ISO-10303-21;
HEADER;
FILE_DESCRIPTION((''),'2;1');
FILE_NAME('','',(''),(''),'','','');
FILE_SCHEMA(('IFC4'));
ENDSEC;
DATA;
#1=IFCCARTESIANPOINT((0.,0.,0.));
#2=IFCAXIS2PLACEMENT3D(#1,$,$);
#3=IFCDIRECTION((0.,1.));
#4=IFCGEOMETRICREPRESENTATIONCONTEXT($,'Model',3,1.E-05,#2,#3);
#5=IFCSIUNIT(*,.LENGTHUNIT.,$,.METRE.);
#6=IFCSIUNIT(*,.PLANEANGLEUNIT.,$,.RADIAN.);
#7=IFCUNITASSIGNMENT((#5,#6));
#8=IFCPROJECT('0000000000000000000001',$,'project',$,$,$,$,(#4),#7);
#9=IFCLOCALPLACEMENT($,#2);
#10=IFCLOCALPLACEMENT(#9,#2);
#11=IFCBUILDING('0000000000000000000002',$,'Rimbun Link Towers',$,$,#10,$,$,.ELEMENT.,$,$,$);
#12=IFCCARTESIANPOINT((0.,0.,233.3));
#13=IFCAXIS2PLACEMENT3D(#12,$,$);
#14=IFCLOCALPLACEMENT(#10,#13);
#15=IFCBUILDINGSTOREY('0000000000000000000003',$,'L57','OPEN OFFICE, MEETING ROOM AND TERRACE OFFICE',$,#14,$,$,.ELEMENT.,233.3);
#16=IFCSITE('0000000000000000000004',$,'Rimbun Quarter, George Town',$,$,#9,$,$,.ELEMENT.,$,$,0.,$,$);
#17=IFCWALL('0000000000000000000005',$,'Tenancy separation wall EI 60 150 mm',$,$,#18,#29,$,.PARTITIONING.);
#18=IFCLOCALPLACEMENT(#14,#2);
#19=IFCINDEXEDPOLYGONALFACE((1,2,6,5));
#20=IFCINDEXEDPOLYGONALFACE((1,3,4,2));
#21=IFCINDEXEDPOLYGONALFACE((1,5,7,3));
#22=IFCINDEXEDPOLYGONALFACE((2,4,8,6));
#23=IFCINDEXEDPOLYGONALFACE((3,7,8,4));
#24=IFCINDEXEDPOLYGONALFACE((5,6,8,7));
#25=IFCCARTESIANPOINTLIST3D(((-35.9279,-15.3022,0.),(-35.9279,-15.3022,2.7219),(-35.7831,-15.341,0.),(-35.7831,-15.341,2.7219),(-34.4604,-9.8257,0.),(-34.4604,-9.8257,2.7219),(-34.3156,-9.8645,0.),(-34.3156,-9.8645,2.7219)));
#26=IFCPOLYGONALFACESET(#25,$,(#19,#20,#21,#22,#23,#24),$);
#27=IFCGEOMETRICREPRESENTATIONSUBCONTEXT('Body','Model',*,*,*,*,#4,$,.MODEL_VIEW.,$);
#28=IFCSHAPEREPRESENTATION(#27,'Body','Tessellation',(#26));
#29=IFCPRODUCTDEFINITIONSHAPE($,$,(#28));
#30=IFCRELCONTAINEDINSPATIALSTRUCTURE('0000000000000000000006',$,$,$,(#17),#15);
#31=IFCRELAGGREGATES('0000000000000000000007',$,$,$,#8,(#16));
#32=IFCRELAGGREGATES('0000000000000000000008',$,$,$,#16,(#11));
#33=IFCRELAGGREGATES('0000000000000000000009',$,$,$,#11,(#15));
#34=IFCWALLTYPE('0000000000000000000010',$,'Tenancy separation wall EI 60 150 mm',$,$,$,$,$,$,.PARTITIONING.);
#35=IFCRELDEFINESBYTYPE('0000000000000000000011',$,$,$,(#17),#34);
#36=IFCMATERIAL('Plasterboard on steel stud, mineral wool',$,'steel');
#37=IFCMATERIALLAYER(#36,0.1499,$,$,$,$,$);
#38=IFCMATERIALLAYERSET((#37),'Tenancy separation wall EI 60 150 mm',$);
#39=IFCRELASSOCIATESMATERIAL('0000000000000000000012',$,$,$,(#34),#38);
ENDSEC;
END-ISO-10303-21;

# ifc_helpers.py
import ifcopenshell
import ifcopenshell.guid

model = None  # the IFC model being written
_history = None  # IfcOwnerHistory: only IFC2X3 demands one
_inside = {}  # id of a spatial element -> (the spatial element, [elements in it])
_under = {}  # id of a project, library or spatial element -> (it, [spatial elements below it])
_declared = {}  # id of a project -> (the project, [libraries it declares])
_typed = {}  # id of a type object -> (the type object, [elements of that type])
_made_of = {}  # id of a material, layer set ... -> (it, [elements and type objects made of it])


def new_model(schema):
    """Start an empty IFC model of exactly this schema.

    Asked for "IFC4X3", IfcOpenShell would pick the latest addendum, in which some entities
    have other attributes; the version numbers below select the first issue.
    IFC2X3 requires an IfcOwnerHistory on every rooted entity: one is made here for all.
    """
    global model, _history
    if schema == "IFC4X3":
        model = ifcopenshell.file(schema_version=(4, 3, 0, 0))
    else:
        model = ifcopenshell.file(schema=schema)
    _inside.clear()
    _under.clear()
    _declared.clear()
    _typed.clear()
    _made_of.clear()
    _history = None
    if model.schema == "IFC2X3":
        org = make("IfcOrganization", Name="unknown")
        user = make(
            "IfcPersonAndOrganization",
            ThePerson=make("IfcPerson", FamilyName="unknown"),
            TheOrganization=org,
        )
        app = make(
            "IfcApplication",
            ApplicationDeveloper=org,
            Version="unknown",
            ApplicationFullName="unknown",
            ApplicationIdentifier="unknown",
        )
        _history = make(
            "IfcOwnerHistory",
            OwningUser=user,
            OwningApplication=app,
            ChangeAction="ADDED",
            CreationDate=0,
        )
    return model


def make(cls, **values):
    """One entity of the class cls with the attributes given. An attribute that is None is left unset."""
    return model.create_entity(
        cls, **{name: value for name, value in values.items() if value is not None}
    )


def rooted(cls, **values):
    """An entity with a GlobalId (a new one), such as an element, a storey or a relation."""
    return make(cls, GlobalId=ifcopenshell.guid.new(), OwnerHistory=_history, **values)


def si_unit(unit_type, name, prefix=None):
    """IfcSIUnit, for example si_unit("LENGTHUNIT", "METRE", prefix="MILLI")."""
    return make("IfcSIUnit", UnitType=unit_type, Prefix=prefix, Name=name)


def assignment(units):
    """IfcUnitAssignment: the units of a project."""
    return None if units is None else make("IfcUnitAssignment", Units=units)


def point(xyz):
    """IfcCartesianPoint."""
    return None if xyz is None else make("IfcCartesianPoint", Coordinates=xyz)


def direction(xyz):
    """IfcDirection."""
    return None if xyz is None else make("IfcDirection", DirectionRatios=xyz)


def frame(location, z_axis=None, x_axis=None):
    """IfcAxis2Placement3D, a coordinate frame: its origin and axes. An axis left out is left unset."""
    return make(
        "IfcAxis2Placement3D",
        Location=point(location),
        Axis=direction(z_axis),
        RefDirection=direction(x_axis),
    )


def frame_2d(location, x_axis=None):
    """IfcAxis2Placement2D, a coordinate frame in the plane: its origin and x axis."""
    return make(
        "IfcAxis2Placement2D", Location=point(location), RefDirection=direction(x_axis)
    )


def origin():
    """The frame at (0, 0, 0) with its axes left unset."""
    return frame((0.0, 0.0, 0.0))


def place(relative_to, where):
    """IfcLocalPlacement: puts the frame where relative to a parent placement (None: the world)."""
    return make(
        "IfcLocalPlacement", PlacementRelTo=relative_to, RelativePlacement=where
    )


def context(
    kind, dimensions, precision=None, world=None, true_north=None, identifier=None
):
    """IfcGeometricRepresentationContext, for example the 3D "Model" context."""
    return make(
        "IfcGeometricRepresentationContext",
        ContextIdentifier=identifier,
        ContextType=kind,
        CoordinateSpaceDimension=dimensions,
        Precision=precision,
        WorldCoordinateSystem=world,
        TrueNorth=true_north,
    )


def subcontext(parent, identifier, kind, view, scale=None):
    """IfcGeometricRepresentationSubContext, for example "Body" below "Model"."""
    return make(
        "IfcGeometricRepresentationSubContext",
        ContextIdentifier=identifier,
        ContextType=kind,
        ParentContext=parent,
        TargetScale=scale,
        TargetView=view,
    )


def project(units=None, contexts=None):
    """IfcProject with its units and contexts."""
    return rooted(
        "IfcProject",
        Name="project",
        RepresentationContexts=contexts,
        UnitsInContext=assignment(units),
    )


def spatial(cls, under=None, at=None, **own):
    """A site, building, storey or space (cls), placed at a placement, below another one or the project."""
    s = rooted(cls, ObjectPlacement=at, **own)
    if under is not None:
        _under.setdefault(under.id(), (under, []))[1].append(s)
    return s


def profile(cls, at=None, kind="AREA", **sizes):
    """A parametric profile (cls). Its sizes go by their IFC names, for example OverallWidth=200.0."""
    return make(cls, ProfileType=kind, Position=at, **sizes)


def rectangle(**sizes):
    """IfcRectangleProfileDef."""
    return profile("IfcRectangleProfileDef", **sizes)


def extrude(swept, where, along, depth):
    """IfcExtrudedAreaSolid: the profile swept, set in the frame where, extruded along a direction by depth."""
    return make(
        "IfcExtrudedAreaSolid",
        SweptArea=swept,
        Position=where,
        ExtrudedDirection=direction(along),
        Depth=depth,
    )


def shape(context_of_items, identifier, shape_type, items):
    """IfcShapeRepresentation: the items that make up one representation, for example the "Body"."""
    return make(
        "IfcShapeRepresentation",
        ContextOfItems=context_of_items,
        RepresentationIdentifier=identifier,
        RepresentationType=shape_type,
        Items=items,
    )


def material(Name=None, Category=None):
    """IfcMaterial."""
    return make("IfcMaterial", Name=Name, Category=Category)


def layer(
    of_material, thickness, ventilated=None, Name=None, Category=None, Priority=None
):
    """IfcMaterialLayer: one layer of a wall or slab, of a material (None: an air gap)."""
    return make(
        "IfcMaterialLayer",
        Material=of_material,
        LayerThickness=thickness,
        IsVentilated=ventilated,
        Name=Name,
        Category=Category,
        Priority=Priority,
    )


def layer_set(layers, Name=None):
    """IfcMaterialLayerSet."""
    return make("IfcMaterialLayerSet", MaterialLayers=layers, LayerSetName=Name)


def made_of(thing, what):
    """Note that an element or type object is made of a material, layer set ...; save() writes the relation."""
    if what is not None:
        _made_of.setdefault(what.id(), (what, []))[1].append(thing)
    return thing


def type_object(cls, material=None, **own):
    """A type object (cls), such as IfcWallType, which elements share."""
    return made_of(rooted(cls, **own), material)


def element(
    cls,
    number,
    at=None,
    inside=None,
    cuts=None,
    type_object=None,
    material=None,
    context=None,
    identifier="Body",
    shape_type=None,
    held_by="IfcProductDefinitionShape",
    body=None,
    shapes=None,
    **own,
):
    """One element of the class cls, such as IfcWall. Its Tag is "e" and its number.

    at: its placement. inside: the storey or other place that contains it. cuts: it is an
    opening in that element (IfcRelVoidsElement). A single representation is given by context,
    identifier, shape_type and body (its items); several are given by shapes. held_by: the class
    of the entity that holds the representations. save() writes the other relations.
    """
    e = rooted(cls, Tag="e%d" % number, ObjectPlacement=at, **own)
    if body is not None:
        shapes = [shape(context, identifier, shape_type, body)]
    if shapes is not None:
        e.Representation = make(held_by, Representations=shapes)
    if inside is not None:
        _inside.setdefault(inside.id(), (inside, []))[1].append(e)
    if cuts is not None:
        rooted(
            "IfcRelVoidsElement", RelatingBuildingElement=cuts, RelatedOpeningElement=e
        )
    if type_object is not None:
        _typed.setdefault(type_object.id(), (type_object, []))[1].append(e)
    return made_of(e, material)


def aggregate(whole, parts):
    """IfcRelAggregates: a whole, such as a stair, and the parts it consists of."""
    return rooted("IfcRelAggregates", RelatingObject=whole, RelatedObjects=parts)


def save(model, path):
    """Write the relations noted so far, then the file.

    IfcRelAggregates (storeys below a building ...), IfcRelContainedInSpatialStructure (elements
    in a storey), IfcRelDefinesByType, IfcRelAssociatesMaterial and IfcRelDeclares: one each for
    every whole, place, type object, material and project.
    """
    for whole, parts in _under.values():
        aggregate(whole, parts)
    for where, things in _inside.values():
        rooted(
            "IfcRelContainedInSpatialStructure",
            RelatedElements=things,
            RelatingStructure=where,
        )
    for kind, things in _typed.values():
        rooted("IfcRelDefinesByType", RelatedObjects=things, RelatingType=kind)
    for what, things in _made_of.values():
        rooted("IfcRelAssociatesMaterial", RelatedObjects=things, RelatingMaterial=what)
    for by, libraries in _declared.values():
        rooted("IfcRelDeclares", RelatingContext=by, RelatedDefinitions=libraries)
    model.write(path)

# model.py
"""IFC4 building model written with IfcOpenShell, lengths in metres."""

from ifc_helpers import new_model, si_unit, direction, frame, frame_2d, origin, place, context, subcontext, project, spatial, rectangle, extrude, material, layer, layer_set, type_object, element, save


model = new_model("IFC4")

# Units and contexts
model_context = context("Model", 3, precision=1e-05, world=origin(), true_north=direction((0.0, 1.0)))
body_context = subcontext(model_context, "Body", "Model", "MODEL_VIEW")
ifc_project = project(units=[si_unit("LENGTHUNIT", "METRE"), si_unit("PLANEANGLEUNIT", "RADIAN")], contexts=[model_context])

# Site, building, storey
site_placement = place(None, origin())
site = spatial("IfcSite", under=ifc_project, at=site_placement, Name="Rimbun Quarter, George Town", CompositionType="ELEMENT", RefElevation=0.0)
building_placement = place(site_placement, origin())
building = spatial("IfcBuilding", under=site, at=building_placement, Name="Rimbun Link Towers", CompositionType="ELEMENT")
storey_placement = place(building_placement, frame((0.0, 0.0, 233.3)))
storey = spatial("IfcBuildingStorey", under=building, at=storey_placement, Name="L57", Description="OPEN OFFICE, MEETING ROOM AND TERRACE OFFICE", CompositionType="ELEMENT", Elevation=233.3)

# Wall
ifc_material_1 = material(Name="Plasterboard on steel stud, mineral wool", Category="steel")
ifc_layer_1 = layer(ifc_material_1, 0.1499)
ifc_layer_set_1 = layer_set([ifc_layer_1], Name="Tenancy separation wall EI 60 150 mm")
wall_type_1 = type_object("IfcWallType", Name="Tenancy separation wall EI 60 150 mm", PredefinedType="PARTITIONING", material=ifc_layer_set_1)
wall_1_placement = place(storey_placement, frame((-34.3879, -9.845, 0.0), z_axis=(0.0, 0.0, 1.0), x_axis=(-0.258834, -0.965922, 0.0)))
element("IfcWall", 1, at=wall_1_placement, inside=storey, type_object=wall_type_1, Name="Tenancy separation wall EI 60 150 mm", PredefinedType="PARTITIONING", context=body_context, shape_type="SweptSolid", body=[
    extrude(rectangle(XDim=5.6697, YDim=0.1499, at=frame_2d((2.835, 0.0))), origin(), (0.0, 0.0, 1.0), 2.7219),
])

save(model, "model.ifc")
